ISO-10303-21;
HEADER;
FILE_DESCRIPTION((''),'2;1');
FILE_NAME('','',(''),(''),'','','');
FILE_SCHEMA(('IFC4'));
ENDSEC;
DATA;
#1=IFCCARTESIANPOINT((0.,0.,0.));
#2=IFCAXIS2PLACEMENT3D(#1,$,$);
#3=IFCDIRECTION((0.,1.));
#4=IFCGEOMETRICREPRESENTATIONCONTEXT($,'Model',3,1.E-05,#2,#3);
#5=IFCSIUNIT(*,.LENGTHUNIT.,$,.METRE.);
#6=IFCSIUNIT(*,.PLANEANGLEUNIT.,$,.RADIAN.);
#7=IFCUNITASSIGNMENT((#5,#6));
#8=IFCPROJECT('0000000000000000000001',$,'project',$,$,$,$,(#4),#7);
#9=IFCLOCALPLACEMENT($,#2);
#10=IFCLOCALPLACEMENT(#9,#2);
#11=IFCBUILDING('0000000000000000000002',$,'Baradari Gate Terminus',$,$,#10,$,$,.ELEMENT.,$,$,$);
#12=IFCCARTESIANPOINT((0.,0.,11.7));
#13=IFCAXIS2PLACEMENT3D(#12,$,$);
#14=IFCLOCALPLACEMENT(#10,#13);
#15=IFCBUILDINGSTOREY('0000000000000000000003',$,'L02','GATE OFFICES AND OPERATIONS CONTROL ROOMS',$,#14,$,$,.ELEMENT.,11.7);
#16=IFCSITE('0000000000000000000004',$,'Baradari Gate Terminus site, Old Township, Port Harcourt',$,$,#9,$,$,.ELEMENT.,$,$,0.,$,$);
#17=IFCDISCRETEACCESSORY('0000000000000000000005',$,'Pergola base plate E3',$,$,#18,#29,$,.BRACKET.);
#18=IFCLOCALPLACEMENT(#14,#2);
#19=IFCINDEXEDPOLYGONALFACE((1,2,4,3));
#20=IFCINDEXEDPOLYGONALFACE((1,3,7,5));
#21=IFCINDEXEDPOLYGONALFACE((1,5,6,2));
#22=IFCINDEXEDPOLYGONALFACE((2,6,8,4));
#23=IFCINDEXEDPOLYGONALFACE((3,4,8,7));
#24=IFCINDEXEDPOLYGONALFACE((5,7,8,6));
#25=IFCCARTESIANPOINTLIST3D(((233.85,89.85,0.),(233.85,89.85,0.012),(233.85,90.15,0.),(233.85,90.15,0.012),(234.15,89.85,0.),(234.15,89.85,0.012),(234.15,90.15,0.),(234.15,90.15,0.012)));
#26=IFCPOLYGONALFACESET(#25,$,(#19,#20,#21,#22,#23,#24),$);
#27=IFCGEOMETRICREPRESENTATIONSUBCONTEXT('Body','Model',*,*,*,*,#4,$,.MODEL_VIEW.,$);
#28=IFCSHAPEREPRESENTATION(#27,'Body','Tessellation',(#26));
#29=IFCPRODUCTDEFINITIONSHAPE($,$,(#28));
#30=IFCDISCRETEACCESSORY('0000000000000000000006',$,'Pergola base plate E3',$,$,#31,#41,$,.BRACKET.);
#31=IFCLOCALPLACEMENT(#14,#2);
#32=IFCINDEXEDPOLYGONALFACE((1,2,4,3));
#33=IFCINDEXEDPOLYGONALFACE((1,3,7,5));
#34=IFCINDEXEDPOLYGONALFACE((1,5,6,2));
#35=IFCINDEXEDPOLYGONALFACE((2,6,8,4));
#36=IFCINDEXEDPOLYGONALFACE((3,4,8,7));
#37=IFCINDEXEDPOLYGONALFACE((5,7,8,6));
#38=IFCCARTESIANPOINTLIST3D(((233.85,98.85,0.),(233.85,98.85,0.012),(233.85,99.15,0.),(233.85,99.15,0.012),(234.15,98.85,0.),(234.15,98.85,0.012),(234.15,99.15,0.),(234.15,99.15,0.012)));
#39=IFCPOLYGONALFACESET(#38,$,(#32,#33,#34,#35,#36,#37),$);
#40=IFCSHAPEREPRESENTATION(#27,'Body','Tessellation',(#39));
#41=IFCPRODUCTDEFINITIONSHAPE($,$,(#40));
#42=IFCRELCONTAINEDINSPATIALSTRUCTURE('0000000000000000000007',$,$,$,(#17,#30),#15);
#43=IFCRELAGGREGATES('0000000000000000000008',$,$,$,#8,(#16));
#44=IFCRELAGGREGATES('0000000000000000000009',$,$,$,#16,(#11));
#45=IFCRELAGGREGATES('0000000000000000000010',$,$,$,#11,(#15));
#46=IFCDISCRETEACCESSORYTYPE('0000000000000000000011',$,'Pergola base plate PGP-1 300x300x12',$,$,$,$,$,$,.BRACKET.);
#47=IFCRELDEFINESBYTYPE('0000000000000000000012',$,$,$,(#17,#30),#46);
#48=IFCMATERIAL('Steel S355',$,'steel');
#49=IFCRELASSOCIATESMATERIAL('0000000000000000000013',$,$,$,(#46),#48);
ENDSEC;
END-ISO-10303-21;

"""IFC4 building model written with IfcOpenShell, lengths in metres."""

from ifc_helpers import new_model, si_unit, direction, frame, origin, origin_2d, place, context, subcontext, project, spatial, rectangle, extrude, material, type_object, element, save


model = new_model("IFC4")

# Units and contexts
model_context = context("Model", 3, precision=1e-05, world=origin(), true_north=direction((0.0, 1.0)))
body_context = subcontext(model_context, "Body", "Model", "MODEL_VIEW")
ifc_project = project(units=[si_unit("LENGTHUNIT", "METRE"), si_unit("PLANEANGLEUNIT", "RADIAN")], contexts=[model_context])

# Site, building, storey
site_placement = place(None, origin())
site = spatial("IfcSite", under=ifc_project, at=site_placement, Name="Baradari Gate Terminus site, Old Township, Port Harcourt", CompositionType="ELEMENT", RefElevation=0.0)
building_placement = place(site_placement, origin())
building = spatial("IfcBuilding", under=site, at=building_placement, Name="Baradari Gate Terminus", CompositionType="ELEMENT")
storey_placement = place(building_placement, frame((0.0, 0.0, 11.7)))
storey = spatial("IfcBuildingStorey", under=building, at=storey_placement, Name="L02", Description="GATE OFFICES AND OPERATIONS CONTROL ROOMS", CompositionType="ELEMENT", Elevation=11.7)

# Discrete accessories
ifc_material_1 = material(Name="Steel S355", Category="steel")
discrete_accessory_type_1 = type_object("IfcDiscreteAccessoryType", Name="Pergola base plate PGP-1 300x300x12", PredefinedType="BRACKET", material=ifc_material_1)
for number, where, z_axis, x_axis, name in (
    (1, (234.0, 90.0, 0.0), (0.0, 0.0, 1.0), (1.0, 0.0, 0.0), "Pergola base plate E3"),
    (2, (234.0, 99.0, 0.0), (0.0, 0.0, 1.0), (1.0, 0.0, 0.0), "Pergola base plate E3"),
):
    element("IfcDiscreteAccessory", number, at=place(storey_placement, frame(where, z_axis=z_axis, x_axis=x_axis)), inside=storey, type_object=discrete_accessory_type_1, Name=name, PredefinedType="BRACKET", context=body_context, shape_type="SweptSolid", body=[
        extrude(rectangle(XDim=0.3, YDim=0.3, at=origin_2d()), origin(), (0.0, 0.0, 1.0), 0.012),
    ])

save(model, "model.ifc")
